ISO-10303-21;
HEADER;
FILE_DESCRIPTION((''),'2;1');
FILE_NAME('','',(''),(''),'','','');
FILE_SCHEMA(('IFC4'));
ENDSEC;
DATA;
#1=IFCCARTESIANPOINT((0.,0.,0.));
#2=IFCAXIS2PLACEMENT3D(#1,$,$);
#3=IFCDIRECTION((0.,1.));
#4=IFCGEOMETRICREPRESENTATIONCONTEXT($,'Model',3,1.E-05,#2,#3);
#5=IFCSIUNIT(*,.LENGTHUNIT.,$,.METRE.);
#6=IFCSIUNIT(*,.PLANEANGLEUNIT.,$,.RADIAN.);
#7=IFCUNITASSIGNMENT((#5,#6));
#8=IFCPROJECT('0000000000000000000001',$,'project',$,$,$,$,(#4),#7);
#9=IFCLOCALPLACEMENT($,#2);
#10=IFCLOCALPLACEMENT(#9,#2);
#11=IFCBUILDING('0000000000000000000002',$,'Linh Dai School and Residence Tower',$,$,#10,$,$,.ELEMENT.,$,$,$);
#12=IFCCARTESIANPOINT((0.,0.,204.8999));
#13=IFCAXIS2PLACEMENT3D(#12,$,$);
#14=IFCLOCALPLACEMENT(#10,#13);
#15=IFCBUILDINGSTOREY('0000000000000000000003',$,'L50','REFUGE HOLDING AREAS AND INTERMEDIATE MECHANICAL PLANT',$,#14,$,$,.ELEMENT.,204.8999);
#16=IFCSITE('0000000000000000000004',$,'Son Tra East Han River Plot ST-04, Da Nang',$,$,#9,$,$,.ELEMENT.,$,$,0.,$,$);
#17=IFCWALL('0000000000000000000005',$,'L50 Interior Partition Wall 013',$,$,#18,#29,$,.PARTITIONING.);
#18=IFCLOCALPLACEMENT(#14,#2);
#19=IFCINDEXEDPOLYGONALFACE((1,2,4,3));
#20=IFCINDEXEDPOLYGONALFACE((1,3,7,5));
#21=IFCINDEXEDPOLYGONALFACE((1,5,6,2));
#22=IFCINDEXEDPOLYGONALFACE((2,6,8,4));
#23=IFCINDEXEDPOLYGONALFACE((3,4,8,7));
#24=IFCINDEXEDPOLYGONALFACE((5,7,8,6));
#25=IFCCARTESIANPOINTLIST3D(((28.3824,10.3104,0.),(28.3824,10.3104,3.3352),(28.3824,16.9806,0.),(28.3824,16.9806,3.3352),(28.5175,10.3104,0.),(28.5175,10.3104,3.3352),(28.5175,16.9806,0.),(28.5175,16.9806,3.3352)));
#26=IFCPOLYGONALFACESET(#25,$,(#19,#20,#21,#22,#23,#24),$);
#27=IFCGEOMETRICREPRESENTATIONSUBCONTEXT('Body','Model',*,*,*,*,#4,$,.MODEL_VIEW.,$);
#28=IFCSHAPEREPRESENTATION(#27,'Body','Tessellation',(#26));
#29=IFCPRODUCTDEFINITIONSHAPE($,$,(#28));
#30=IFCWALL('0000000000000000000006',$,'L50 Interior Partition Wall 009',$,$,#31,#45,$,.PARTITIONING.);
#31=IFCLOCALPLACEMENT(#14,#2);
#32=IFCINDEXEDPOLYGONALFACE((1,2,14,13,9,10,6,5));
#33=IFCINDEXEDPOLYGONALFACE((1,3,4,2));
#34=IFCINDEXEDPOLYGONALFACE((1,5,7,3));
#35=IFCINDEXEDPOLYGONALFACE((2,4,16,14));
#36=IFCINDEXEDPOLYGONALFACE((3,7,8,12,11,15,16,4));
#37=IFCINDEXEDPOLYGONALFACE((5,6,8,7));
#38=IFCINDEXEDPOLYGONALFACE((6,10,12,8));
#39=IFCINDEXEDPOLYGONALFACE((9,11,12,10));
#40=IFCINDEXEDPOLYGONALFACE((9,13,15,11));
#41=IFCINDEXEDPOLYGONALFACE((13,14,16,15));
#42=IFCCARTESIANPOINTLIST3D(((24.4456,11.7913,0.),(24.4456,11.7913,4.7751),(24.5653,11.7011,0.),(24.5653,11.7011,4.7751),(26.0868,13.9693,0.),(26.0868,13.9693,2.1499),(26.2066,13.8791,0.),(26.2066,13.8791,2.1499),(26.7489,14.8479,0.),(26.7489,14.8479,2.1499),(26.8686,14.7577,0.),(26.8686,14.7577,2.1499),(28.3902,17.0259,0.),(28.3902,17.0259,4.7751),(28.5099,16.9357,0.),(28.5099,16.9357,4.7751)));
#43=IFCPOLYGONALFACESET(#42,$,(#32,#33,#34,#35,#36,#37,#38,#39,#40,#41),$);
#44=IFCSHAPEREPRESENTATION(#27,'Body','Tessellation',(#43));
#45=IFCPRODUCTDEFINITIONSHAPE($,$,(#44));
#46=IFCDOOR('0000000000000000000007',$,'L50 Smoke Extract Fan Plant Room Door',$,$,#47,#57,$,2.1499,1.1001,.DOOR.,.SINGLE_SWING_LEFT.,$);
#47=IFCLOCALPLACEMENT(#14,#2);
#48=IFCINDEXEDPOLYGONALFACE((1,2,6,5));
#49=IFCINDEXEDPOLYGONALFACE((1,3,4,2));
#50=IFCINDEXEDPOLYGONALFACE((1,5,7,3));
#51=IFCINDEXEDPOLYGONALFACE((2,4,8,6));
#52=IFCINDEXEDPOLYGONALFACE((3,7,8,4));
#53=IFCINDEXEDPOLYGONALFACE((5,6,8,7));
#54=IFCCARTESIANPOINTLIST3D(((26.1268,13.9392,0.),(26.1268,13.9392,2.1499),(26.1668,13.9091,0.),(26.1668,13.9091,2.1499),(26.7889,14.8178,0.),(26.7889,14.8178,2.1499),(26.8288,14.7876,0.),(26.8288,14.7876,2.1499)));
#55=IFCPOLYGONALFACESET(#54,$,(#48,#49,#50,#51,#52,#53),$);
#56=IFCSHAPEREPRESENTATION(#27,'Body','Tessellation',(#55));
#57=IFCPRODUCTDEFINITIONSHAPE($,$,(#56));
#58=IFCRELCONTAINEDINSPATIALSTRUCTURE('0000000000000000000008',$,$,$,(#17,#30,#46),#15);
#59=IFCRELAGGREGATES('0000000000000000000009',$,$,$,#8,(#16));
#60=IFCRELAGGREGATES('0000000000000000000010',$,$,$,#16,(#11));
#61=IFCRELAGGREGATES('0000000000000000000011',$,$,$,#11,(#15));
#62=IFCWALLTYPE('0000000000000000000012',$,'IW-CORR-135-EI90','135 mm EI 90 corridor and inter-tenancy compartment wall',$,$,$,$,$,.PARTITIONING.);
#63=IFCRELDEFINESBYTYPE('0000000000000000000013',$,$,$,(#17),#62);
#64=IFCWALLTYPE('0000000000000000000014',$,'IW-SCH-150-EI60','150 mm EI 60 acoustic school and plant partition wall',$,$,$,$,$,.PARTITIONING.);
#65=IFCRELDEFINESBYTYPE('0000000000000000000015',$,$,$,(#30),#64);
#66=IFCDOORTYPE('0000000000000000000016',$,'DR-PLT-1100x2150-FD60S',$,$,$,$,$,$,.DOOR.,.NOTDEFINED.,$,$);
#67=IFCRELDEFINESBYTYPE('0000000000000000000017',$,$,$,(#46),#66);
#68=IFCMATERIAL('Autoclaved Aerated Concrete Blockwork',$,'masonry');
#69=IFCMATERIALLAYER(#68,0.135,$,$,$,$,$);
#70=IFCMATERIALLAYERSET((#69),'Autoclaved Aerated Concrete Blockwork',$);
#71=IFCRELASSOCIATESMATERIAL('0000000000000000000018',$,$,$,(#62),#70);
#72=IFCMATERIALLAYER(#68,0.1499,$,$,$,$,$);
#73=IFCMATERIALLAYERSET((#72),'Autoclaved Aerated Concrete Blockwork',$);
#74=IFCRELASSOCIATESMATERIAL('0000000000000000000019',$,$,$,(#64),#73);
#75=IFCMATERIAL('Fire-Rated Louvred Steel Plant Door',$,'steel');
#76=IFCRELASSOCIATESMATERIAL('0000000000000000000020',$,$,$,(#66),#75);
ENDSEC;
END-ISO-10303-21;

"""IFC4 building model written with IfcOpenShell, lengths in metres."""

from ifc_helpers import new_model, si_unit, direction, frame, frame_2d, origin, origin_2d, place, context, subcontext, project, spatial, rectangle, extrude, source, transform, mapped, material, layer, layer_set, type_object, element, fill, save


model = new_model("IFC4")

# Units and contexts
model_context = context("Model", 3, precision=1e-05, world=origin(), true_north=direction((0.0, 1.0)))
body_context = subcontext(model_context, "Body", "Model", "MODEL_VIEW")
ifc_project = project(units=[si_unit("LENGTHUNIT", "METRE"), si_unit("PLANEANGLEUNIT", "RADIAN")], contexts=[model_context])

# Site, building, storey
site_placement = place(None, origin())
site = spatial("IfcSite", under=ifc_project, at=site_placement, Name="Son Tra East Han River Plot ST-04, Da Nang", CompositionType="ELEMENT", RefElevation=0.0)
building_placement = place(site_placement, origin())
building = spatial("IfcBuilding", under=site, at=building_placement, Name="Linh Dai School and Residence Tower", CompositionType="ELEMENT")
storey_placement = place(building_placement, frame((0.0, 0.0, 204.8999)))
storey = spatial("IfcBuildingStorey", under=building, at=storey_placement, Name="L50", Description="REFUGE HOLDING AREAS AND INTERMEDIATE MECHANICAL PLANT", CompositionType="ELEMENT", Elevation=204.8999)

# Wall
ifc_material_1 = material(Name="Autoclaved Aerated Concrete Blockwork", Category="masonry")
ifc_layer_1 = layer(ifc_material_1, 0.135)
ifc_layer_set_1 = layer_set([ifc_layer_1], Name="Autoclaved Aerated Concrete Blockwork")
wall_type_1 = type_object("IfcWallType", Name="IW-CORR-135-EI90", Description="135 mm EI 90 corridor and inter-tenancy compartment wall", PredefinedType="PARTITIONING", material=ifc_layer_set_1)
wall_1_placement = place(storey_placement, frame((28.45, 10.3105, 0.0), z_axis=(0.0, 0.0, 1.0), x_axis=(0.0, 1.0, 0.0)))
element("IfcWall", 1, at=wall_1_placement, inside=storey, type_object=wall_type_1, Name="L50 Interior Partition Wall 013", PredefinedType="PARTITIONING", context=body_context, shape_type="SweptSolid", body=[
    extrude(rectangle(XDim=6.6702, YDim=0.135, at=frame_2d((3.335, 0.0))), origin(), (0.0, 0.0, 1.0), 3.3352),
])

# Wall, opening, door
ifc_layer_2 = layer(ifc_material_1, 0.1499)
ifc_layer_set_2 = layer_set([ifc_layer_2], Name="Autoclaved Aerated Concrete Blockwork")
wall_type_2 = type_object("IfcWallType", Name="IW-SCH-150-EI60", Description="150 mm EI 60 acoustic school and plant partition wall", PredefinedType="PARTITIONING", material=ifc_layer_set_2)
wall_2_placement = place(storey_placement, frame((24.5054, 11.7461, 0.0), z_axis=(0.0, 0.0, 1.0), x_axis=(0.601816, 0.798635, 0.0)))
wall_2 = element("IfcWall", 2, at=wall_2_placement, inside=storey, type_object=wall_type_2, Name="L50 Interior Partition Wall 009", PredefinedType="PARTITIONING", context=body_context, shape_type="SweptSolid", body=[
    extrude(rectangle(XDim=6.5544, YDim=0.1499, at=frame_2d((3.2773, 0.0))), origin(), (0.0, 0.0, 1.0), 4.7751),
])
opening_1_placement = place(wall_2_placement, frame((2.7273, 0.0, 0.0)))
opening_1 = element("IfcOpeningElement", 3, at=opening_1_placement, cuts=wall_2, PredefinedType="OPENING", context=body_context, shape_type="SweptSolid", body=[
    extrude(rectangle(XDim=1.1001, YDim=2.1499, at=origin_2d()), frame((0.55, 0.085, 1.075), z_axis=(0.0, -1.0, 0.0), x_axis=(1.0, 0.0, 0.0)), (0.0, 0.0, 1.0), 0.1699),
])
ifc_material_2 = material(Name="Fire-Rated Louvred Steel Plant Door", Category="steel")
door_type = type_object("IfcDoorType", Name="DR-PLT-1100x2150-FD60S", OperationType="NOTDEFINED", PredefinedType="DOOR", material=ifc_material_2)
shared_shape_1 = source(origin(), body_context, "Body", "SweptSolid", [
    extrude(rectangle(XDim=1.1001, YDim=2.1499, at=origin_2d()), frame((0.55, 0.0249, 1.075), z_axis=(0.0, -1.0, 0.0), x_axis=(1.0, 0.0, 0.0)), (0.0, 0.0, 1.0), 0.05),
])
door_placement = place(opening_1_placement, origin())
door = element("IfcDoor", 4, at=door_placement, inside=storey, type_object=door_type, Name="L50 Smoke Extract Fan Plant Room Door", OperationType="SINGLE_SWING_LEFT", OverallHeight=2.1499, OverallWidth=1.1001, PredefinedType="DOOR", context=body_context, shape_type="MappedRepresentation", body=[
    mapped(shared_shape_1, transform((0.0, 0.0, 0.0), x_axis=(1.0, 0.0, 0.0), y_axis=(0.0, 1.0, 0.0), z_axis=(0.0, 0.0, 1.0), scale=1.0)),
])
fill(opening_1, door)

save(model, "model.ifc")
